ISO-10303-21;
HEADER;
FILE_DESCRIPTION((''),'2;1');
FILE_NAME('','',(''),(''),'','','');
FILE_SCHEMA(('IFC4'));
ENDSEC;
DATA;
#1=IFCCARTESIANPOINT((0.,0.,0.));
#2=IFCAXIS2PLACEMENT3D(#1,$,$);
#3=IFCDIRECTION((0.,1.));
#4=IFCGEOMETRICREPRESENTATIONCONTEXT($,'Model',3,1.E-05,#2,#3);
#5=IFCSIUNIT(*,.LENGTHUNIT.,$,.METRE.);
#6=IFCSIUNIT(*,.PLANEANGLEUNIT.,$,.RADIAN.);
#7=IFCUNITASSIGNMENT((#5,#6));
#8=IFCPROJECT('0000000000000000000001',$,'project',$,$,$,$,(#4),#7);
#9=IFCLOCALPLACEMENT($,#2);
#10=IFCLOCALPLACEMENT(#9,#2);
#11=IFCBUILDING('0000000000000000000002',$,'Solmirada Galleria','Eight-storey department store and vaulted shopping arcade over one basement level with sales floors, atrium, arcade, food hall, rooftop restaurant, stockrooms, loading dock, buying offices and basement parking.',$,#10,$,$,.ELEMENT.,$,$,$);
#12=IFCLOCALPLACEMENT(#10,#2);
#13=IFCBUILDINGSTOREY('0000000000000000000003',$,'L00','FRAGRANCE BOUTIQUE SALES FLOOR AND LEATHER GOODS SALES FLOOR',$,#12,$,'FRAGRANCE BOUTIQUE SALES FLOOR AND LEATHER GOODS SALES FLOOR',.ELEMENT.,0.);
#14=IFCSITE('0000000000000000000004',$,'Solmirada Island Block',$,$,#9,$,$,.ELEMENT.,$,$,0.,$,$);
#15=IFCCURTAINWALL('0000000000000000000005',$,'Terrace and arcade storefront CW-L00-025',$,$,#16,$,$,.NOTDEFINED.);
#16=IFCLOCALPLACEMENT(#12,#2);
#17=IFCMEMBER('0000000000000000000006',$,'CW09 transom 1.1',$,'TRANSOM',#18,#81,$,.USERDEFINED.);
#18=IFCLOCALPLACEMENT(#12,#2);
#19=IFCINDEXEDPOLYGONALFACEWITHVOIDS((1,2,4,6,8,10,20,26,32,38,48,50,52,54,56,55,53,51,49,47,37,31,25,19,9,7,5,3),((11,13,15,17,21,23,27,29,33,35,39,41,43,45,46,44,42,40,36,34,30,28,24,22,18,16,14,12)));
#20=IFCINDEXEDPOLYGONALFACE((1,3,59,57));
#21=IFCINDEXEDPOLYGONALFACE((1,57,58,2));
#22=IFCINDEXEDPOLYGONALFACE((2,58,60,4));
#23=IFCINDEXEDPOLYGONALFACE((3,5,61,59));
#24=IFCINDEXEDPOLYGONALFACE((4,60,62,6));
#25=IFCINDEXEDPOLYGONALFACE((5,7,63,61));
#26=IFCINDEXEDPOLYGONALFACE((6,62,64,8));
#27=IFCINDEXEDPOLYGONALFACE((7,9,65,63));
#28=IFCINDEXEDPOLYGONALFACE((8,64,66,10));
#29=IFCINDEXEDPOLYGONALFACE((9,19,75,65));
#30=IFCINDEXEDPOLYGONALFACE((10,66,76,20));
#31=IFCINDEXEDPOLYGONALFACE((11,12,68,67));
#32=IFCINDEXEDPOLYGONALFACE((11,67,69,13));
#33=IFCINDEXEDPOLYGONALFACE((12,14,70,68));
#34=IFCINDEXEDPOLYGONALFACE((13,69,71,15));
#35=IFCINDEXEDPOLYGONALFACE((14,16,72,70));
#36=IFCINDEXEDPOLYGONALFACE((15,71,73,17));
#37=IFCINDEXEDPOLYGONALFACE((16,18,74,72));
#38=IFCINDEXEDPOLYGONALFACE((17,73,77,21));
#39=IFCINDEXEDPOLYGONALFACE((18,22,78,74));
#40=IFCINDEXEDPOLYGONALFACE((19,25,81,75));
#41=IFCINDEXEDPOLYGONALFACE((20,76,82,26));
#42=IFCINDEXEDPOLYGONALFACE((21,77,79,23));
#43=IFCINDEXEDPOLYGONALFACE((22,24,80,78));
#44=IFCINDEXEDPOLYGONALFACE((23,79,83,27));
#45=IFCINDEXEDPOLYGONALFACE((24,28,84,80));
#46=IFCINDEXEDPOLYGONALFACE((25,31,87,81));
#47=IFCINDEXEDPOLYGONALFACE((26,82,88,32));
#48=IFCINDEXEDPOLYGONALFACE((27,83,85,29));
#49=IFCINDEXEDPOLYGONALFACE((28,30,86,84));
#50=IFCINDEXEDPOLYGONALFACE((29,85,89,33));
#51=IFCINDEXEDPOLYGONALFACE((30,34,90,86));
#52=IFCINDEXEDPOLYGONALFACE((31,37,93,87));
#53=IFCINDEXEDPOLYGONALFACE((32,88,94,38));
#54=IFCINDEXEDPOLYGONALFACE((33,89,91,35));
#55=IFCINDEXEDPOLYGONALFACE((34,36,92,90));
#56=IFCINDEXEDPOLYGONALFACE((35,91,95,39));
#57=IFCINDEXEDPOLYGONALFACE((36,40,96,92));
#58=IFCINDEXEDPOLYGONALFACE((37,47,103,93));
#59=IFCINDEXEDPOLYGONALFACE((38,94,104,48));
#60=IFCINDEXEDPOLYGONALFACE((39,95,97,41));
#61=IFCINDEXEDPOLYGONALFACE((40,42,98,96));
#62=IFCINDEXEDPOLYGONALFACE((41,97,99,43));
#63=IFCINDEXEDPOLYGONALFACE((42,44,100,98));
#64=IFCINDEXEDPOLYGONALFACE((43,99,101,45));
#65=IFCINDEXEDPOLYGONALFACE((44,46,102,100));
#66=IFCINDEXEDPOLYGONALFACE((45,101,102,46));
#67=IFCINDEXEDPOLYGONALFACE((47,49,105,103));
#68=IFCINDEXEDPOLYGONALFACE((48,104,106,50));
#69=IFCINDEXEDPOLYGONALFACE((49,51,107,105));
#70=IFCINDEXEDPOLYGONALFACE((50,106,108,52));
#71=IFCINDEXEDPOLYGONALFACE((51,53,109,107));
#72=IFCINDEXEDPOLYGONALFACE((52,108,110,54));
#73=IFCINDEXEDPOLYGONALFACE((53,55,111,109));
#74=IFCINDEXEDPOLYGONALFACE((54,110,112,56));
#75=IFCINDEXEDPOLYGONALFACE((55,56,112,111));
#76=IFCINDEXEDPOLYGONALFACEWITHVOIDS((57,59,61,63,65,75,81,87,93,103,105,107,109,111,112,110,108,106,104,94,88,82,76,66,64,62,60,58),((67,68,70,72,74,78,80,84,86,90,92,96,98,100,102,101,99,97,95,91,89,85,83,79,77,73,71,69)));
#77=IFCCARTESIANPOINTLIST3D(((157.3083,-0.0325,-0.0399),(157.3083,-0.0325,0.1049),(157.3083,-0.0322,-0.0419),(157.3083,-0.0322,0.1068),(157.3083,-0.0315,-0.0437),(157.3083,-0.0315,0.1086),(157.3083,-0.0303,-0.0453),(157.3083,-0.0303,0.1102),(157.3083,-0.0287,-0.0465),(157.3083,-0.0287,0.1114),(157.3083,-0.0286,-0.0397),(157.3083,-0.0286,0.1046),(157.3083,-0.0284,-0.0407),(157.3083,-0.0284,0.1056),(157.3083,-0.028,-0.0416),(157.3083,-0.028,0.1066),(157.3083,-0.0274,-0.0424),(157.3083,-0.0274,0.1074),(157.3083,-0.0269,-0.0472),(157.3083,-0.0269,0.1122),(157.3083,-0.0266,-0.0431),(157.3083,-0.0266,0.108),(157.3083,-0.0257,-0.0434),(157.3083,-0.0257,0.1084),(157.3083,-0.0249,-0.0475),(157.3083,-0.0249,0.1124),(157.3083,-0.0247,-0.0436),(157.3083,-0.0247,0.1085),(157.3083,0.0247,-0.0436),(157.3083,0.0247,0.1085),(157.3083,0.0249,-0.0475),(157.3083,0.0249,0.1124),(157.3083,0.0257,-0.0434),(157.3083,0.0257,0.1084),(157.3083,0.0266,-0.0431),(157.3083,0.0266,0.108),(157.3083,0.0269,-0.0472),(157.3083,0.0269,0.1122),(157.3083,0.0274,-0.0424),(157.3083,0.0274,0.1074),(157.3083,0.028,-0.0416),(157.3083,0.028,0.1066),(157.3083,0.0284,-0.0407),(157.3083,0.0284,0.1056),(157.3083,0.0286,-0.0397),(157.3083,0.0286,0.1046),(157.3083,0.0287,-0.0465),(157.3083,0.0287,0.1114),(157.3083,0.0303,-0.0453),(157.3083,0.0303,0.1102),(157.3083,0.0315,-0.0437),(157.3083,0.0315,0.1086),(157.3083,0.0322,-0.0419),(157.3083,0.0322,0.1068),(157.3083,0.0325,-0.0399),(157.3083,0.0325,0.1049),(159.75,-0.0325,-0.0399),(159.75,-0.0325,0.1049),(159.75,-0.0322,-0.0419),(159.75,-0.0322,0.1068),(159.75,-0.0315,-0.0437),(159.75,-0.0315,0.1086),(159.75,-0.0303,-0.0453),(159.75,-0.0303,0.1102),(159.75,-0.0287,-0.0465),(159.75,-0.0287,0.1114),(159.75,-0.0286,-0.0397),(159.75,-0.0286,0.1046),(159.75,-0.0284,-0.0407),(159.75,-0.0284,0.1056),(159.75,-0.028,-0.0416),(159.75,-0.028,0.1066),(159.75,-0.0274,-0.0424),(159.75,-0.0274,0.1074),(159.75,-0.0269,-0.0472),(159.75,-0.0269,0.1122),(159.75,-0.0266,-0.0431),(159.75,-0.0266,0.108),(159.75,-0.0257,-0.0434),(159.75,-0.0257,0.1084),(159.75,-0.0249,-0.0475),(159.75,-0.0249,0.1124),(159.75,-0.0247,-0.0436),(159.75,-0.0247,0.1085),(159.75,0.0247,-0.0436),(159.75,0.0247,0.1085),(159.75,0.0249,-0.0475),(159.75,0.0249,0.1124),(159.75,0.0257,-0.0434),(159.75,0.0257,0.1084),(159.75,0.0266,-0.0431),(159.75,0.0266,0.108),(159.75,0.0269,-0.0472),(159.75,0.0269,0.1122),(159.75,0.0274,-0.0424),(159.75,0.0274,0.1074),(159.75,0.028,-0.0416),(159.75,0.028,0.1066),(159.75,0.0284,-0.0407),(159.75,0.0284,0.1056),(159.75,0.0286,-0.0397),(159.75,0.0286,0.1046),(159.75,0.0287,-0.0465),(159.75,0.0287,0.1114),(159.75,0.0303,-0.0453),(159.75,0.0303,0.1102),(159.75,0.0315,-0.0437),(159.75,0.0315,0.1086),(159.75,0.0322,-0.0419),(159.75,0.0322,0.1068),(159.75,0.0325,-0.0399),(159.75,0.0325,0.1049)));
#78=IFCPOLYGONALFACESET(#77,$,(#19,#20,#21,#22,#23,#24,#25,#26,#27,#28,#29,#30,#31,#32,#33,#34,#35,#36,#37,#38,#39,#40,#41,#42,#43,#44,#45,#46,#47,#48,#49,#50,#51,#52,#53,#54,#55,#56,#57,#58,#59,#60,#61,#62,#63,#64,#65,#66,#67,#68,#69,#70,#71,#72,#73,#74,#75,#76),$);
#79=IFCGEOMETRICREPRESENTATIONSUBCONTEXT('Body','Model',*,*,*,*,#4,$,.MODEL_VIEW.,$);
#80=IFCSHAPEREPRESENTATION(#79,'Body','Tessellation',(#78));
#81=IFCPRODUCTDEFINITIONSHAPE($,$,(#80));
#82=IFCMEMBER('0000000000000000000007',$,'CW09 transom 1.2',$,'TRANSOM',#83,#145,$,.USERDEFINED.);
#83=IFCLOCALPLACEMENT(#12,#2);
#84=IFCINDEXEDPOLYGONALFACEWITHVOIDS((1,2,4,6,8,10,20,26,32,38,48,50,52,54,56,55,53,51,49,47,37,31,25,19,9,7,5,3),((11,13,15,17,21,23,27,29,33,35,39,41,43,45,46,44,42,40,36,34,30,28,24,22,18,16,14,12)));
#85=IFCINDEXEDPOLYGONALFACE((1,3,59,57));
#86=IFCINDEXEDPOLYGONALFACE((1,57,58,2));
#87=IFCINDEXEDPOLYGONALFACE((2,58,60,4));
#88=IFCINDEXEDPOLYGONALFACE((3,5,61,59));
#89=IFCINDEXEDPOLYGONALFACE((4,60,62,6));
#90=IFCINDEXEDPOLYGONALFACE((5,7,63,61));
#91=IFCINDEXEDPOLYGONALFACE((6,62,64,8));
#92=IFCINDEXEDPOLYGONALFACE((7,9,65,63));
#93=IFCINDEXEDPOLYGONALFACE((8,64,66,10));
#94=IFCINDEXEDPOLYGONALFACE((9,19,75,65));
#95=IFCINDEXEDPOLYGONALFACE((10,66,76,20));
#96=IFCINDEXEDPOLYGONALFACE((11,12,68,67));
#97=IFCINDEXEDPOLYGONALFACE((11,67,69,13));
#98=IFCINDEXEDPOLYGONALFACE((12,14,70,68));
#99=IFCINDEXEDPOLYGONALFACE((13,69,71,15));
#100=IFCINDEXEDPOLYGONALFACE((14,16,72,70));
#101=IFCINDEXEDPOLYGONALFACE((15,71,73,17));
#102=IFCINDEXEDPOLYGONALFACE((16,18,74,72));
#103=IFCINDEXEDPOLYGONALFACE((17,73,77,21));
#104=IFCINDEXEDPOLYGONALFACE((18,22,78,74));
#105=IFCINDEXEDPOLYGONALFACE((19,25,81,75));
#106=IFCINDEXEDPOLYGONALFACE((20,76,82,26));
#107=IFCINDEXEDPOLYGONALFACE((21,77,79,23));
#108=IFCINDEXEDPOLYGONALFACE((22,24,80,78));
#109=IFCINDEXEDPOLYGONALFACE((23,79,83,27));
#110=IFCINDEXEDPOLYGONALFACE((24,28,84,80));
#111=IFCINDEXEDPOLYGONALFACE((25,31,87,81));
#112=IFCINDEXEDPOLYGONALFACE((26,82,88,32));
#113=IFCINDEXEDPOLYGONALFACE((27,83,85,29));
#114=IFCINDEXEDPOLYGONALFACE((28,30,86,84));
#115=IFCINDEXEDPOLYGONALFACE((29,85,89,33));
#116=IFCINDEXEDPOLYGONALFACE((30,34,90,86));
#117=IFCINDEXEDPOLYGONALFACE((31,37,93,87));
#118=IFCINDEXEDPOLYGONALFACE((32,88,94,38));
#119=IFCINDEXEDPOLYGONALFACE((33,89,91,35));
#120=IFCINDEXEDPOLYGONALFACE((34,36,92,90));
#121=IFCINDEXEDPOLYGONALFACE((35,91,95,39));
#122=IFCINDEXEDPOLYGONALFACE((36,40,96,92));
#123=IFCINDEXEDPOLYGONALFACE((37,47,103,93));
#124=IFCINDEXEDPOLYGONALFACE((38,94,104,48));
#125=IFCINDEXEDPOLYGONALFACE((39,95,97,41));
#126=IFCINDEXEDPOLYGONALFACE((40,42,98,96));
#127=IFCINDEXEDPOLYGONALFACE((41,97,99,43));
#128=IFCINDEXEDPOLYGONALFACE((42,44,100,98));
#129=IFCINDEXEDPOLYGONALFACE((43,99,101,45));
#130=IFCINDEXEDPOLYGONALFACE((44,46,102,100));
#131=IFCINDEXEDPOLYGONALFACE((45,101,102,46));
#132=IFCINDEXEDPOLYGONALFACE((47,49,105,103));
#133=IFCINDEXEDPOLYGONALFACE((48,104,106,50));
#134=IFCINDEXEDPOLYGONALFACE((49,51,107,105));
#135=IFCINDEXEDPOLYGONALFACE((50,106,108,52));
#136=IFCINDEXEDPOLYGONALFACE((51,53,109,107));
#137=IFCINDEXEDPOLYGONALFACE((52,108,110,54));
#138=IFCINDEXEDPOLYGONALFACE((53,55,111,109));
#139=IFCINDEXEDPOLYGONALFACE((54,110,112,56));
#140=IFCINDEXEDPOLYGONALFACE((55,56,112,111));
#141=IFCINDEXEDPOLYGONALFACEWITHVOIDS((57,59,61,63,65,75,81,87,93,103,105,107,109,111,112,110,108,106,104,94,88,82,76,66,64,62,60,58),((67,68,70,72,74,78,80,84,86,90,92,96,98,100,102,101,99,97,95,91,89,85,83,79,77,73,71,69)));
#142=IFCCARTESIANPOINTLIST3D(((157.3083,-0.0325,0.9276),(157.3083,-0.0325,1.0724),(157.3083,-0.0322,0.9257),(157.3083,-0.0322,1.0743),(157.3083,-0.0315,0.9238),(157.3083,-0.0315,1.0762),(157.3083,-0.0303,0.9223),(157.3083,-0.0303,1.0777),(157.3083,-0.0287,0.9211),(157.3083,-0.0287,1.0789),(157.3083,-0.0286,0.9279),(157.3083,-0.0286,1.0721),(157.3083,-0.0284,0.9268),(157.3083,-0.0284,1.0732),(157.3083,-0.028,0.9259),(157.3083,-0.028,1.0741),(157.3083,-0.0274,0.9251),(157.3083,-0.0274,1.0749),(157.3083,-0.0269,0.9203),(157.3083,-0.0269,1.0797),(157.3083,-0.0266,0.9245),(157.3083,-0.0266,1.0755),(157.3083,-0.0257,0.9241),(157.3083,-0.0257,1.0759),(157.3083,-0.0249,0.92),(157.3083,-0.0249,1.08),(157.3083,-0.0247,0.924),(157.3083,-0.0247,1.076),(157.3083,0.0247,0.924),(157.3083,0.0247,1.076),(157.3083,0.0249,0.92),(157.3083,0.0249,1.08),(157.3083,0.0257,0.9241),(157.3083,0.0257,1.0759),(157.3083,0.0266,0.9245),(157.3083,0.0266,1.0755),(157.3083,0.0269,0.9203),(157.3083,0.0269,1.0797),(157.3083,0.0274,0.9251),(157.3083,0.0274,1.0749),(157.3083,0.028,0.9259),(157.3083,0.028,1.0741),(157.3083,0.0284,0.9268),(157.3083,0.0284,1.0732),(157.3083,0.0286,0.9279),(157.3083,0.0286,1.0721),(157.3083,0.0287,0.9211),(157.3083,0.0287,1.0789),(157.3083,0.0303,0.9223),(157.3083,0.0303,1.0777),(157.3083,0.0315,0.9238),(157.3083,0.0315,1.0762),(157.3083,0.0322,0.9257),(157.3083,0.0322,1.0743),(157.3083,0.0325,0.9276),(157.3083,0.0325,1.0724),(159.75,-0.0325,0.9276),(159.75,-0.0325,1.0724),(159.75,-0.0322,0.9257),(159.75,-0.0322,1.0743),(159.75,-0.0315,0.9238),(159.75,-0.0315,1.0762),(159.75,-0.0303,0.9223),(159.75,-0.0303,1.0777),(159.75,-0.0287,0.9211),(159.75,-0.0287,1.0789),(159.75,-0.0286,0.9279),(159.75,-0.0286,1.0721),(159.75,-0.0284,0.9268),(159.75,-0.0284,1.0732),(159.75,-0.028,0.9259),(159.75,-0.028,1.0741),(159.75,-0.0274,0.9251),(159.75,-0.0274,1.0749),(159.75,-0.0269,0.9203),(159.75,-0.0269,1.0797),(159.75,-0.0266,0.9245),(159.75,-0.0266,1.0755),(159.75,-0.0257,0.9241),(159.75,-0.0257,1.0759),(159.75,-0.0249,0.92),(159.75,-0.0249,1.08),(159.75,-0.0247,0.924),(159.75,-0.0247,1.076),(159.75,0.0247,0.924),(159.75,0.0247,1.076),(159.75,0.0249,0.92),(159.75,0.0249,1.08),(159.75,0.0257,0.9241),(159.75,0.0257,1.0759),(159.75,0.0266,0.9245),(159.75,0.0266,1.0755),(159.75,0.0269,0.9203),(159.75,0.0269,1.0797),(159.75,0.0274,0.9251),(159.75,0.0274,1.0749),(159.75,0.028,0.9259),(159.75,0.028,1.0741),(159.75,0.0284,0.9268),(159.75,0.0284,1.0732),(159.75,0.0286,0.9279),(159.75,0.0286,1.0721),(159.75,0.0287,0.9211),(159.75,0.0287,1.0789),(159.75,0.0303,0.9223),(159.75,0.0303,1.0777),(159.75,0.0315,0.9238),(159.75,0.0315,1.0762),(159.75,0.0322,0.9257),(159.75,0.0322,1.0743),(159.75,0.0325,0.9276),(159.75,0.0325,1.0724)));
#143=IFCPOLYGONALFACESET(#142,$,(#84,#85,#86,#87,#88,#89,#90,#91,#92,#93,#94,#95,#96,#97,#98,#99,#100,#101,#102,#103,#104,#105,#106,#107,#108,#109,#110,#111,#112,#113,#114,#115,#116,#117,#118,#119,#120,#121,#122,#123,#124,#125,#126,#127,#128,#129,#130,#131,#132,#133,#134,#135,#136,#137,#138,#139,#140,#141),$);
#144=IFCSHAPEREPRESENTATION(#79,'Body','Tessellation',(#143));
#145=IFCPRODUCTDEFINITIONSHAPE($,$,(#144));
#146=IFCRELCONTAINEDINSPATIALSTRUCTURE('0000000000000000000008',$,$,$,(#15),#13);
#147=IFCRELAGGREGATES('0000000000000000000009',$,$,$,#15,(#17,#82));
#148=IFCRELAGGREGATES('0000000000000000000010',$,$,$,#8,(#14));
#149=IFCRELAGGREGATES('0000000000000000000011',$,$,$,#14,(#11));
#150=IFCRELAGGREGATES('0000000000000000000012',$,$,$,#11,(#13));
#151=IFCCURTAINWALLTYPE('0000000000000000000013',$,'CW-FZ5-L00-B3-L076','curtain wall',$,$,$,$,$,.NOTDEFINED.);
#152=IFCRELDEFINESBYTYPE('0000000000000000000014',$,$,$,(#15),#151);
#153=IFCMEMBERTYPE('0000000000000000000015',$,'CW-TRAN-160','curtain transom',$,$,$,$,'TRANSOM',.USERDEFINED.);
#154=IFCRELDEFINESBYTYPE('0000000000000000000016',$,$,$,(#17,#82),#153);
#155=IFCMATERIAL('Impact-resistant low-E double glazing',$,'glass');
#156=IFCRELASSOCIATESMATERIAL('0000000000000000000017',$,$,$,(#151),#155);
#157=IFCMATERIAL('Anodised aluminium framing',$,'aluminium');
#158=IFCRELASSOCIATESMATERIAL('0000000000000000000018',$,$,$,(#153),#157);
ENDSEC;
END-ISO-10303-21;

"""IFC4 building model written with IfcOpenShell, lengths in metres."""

from ifc_helpers import new_model, si_unit, direction, frame, origin, origin_2d, place, context, subcontext, project, spatial, hollow_rectangle, extrude, material, material_profile, profile_set, type_object, element, aggregate, save


model = new_model("IFC4")

# Units and contexts
model_context = context("Model", 3, precision=1e-05, world=origin(), true_north=direction((0.0, 1.0)))
body_context = subcontext(model_context, "Body", "Model", "MODEL_VIEW")
ifc_project = project(units=[si_unit("LENGTHUNIT", "METRE"), si_unit("PLANEANGLEUNIT", "RADIAN")], contexts=[model_context])

# Site, building, storey
site_placement = place(None, origin())
site = spatial("IfcSite", under=ifc_project, at=site_placement, Name="Solmirada Island Block", CompositionType="ELEMENT", RefElevation=0.0)
building_placement = place(site_placement, origin())
building = spatial("IfcBuilding", under=site, at=building_placement, Name="Solmirada Galleria", Description="Eight-storey department store and vaulted shopping arcade over one basement level with sales floors, atrium, arcade, food hall, rooftop restaurant, stockrooms, loading dock, buying offices and basement parking.", CompositionType="ELEMENT")
storey_placement = place(building_placement, origin())
storey = spatial("IfcBuildingStorey", under=building, at=storey_placement, Name="L00", Description="FRAGRANCE BOUTIQUE SALES FLOOR AND LEATHER GOODS SALES FLOOR", LongName="FRAGRANCE BOUTIQUE SALES FLOOR AND LEATHER GOODS SALES FLOOR", CompositionType="ELEMENT", Elevation=0.0)

# Curtain wall, members
ifc_material_1 = material(Name="Impact-resistant low-E double glazing", Category="glass")
curtain_wall_type = type_object("IfcCurtainWallType", Name="CW-FZ5-L00-B3-L076", Description="curtain wall", PredefinedType="NOTDEFINED", material=ifc_material_1)
curtain_wall_placement = place(storey_placement, origin())
curtain_wall = element("IfcCurtainWall", 1, at=curtain_wall_placement, inside=storey, type_object=curtain_wall_type, Name="Terrace and arcade storefront CW-L00-025", PredefinedType="NOTDEFINED")
ifc_material_2 = material(Name="Anodised aluminium framing", Category="aluminium")
ifc_material_profile_1 = material_profile(ifc_material_2, hollow_rectangle(XDim=0.0649, YDim=0.1599, WallThickness=0.0039, InnerFilletRadius=0.0039, OuterFilletRadius=0.0076, at=origin_2d()), Name="ALU-TRAN-160X65")
ifc_profile_set_1 = profile_set([ifc_material_profile_1], Name="Anodised aluminium framing")
member_type_1 = type_object("IfcMemberType", Name="CW-TRAN-160", Description="curtain transom", ElementType="TRANSOM", PredefinedType="USERDEFINED", material=ifc_profile_set_1)
member_1_placement = place(storey_placement, frame((159.75, 0.0, 0.0325), z_axis=(-1.0, 0.0, 0.0), x_axis=(0.0, -1.0, 0.0)))
member_1 = element("IfcMember", 2, at=member_1_placement, type_object=member_type_1, Name="CW09 transom 1.1", ObjectType="TRANSOM", PredefinedType="USERDEFINED", context=body_context, shape_type="SweptSolid", body=[
    extrude(hollow_rectangle(XDim=0.0649, YDim=0.1599, WallThickness=0.0039, InnerFilletRadius=0.0039, OuterFilletRadius=0.0076, at=origin_2d()), origin(), (0.0, 0.0, 1.0), 2.4417),
])
member_2_placement = place(storey_placement, frame((159.75, 0.0, 1.0), z_axis=(-1.0, 0.0, 0.0), x_axis=(0.0, -1.0, 0.0)))
member_2 = element("IfcMember", 3, at=member_2_placement, type_object=member_type_1, Name="CW09 transom 1.2", ObjectType="TRANSOM", PredefinedType="USERDEFINED", context=body_context, shape_type="SweptSolid", body=[
    extrude(hollow_rectangle(XDim=0.0649, YDim=0.1599, WallThickness=0.0039, InnerFilletRadius=0.0039, OuterFilletRadius=0.0076, at=origin_2d()), origin(), (0.0, 0.0, 1.0), 2.4417),
])
aggregate(curtain_wall, [member_1, member_2])

save(model, "model.ifc")
